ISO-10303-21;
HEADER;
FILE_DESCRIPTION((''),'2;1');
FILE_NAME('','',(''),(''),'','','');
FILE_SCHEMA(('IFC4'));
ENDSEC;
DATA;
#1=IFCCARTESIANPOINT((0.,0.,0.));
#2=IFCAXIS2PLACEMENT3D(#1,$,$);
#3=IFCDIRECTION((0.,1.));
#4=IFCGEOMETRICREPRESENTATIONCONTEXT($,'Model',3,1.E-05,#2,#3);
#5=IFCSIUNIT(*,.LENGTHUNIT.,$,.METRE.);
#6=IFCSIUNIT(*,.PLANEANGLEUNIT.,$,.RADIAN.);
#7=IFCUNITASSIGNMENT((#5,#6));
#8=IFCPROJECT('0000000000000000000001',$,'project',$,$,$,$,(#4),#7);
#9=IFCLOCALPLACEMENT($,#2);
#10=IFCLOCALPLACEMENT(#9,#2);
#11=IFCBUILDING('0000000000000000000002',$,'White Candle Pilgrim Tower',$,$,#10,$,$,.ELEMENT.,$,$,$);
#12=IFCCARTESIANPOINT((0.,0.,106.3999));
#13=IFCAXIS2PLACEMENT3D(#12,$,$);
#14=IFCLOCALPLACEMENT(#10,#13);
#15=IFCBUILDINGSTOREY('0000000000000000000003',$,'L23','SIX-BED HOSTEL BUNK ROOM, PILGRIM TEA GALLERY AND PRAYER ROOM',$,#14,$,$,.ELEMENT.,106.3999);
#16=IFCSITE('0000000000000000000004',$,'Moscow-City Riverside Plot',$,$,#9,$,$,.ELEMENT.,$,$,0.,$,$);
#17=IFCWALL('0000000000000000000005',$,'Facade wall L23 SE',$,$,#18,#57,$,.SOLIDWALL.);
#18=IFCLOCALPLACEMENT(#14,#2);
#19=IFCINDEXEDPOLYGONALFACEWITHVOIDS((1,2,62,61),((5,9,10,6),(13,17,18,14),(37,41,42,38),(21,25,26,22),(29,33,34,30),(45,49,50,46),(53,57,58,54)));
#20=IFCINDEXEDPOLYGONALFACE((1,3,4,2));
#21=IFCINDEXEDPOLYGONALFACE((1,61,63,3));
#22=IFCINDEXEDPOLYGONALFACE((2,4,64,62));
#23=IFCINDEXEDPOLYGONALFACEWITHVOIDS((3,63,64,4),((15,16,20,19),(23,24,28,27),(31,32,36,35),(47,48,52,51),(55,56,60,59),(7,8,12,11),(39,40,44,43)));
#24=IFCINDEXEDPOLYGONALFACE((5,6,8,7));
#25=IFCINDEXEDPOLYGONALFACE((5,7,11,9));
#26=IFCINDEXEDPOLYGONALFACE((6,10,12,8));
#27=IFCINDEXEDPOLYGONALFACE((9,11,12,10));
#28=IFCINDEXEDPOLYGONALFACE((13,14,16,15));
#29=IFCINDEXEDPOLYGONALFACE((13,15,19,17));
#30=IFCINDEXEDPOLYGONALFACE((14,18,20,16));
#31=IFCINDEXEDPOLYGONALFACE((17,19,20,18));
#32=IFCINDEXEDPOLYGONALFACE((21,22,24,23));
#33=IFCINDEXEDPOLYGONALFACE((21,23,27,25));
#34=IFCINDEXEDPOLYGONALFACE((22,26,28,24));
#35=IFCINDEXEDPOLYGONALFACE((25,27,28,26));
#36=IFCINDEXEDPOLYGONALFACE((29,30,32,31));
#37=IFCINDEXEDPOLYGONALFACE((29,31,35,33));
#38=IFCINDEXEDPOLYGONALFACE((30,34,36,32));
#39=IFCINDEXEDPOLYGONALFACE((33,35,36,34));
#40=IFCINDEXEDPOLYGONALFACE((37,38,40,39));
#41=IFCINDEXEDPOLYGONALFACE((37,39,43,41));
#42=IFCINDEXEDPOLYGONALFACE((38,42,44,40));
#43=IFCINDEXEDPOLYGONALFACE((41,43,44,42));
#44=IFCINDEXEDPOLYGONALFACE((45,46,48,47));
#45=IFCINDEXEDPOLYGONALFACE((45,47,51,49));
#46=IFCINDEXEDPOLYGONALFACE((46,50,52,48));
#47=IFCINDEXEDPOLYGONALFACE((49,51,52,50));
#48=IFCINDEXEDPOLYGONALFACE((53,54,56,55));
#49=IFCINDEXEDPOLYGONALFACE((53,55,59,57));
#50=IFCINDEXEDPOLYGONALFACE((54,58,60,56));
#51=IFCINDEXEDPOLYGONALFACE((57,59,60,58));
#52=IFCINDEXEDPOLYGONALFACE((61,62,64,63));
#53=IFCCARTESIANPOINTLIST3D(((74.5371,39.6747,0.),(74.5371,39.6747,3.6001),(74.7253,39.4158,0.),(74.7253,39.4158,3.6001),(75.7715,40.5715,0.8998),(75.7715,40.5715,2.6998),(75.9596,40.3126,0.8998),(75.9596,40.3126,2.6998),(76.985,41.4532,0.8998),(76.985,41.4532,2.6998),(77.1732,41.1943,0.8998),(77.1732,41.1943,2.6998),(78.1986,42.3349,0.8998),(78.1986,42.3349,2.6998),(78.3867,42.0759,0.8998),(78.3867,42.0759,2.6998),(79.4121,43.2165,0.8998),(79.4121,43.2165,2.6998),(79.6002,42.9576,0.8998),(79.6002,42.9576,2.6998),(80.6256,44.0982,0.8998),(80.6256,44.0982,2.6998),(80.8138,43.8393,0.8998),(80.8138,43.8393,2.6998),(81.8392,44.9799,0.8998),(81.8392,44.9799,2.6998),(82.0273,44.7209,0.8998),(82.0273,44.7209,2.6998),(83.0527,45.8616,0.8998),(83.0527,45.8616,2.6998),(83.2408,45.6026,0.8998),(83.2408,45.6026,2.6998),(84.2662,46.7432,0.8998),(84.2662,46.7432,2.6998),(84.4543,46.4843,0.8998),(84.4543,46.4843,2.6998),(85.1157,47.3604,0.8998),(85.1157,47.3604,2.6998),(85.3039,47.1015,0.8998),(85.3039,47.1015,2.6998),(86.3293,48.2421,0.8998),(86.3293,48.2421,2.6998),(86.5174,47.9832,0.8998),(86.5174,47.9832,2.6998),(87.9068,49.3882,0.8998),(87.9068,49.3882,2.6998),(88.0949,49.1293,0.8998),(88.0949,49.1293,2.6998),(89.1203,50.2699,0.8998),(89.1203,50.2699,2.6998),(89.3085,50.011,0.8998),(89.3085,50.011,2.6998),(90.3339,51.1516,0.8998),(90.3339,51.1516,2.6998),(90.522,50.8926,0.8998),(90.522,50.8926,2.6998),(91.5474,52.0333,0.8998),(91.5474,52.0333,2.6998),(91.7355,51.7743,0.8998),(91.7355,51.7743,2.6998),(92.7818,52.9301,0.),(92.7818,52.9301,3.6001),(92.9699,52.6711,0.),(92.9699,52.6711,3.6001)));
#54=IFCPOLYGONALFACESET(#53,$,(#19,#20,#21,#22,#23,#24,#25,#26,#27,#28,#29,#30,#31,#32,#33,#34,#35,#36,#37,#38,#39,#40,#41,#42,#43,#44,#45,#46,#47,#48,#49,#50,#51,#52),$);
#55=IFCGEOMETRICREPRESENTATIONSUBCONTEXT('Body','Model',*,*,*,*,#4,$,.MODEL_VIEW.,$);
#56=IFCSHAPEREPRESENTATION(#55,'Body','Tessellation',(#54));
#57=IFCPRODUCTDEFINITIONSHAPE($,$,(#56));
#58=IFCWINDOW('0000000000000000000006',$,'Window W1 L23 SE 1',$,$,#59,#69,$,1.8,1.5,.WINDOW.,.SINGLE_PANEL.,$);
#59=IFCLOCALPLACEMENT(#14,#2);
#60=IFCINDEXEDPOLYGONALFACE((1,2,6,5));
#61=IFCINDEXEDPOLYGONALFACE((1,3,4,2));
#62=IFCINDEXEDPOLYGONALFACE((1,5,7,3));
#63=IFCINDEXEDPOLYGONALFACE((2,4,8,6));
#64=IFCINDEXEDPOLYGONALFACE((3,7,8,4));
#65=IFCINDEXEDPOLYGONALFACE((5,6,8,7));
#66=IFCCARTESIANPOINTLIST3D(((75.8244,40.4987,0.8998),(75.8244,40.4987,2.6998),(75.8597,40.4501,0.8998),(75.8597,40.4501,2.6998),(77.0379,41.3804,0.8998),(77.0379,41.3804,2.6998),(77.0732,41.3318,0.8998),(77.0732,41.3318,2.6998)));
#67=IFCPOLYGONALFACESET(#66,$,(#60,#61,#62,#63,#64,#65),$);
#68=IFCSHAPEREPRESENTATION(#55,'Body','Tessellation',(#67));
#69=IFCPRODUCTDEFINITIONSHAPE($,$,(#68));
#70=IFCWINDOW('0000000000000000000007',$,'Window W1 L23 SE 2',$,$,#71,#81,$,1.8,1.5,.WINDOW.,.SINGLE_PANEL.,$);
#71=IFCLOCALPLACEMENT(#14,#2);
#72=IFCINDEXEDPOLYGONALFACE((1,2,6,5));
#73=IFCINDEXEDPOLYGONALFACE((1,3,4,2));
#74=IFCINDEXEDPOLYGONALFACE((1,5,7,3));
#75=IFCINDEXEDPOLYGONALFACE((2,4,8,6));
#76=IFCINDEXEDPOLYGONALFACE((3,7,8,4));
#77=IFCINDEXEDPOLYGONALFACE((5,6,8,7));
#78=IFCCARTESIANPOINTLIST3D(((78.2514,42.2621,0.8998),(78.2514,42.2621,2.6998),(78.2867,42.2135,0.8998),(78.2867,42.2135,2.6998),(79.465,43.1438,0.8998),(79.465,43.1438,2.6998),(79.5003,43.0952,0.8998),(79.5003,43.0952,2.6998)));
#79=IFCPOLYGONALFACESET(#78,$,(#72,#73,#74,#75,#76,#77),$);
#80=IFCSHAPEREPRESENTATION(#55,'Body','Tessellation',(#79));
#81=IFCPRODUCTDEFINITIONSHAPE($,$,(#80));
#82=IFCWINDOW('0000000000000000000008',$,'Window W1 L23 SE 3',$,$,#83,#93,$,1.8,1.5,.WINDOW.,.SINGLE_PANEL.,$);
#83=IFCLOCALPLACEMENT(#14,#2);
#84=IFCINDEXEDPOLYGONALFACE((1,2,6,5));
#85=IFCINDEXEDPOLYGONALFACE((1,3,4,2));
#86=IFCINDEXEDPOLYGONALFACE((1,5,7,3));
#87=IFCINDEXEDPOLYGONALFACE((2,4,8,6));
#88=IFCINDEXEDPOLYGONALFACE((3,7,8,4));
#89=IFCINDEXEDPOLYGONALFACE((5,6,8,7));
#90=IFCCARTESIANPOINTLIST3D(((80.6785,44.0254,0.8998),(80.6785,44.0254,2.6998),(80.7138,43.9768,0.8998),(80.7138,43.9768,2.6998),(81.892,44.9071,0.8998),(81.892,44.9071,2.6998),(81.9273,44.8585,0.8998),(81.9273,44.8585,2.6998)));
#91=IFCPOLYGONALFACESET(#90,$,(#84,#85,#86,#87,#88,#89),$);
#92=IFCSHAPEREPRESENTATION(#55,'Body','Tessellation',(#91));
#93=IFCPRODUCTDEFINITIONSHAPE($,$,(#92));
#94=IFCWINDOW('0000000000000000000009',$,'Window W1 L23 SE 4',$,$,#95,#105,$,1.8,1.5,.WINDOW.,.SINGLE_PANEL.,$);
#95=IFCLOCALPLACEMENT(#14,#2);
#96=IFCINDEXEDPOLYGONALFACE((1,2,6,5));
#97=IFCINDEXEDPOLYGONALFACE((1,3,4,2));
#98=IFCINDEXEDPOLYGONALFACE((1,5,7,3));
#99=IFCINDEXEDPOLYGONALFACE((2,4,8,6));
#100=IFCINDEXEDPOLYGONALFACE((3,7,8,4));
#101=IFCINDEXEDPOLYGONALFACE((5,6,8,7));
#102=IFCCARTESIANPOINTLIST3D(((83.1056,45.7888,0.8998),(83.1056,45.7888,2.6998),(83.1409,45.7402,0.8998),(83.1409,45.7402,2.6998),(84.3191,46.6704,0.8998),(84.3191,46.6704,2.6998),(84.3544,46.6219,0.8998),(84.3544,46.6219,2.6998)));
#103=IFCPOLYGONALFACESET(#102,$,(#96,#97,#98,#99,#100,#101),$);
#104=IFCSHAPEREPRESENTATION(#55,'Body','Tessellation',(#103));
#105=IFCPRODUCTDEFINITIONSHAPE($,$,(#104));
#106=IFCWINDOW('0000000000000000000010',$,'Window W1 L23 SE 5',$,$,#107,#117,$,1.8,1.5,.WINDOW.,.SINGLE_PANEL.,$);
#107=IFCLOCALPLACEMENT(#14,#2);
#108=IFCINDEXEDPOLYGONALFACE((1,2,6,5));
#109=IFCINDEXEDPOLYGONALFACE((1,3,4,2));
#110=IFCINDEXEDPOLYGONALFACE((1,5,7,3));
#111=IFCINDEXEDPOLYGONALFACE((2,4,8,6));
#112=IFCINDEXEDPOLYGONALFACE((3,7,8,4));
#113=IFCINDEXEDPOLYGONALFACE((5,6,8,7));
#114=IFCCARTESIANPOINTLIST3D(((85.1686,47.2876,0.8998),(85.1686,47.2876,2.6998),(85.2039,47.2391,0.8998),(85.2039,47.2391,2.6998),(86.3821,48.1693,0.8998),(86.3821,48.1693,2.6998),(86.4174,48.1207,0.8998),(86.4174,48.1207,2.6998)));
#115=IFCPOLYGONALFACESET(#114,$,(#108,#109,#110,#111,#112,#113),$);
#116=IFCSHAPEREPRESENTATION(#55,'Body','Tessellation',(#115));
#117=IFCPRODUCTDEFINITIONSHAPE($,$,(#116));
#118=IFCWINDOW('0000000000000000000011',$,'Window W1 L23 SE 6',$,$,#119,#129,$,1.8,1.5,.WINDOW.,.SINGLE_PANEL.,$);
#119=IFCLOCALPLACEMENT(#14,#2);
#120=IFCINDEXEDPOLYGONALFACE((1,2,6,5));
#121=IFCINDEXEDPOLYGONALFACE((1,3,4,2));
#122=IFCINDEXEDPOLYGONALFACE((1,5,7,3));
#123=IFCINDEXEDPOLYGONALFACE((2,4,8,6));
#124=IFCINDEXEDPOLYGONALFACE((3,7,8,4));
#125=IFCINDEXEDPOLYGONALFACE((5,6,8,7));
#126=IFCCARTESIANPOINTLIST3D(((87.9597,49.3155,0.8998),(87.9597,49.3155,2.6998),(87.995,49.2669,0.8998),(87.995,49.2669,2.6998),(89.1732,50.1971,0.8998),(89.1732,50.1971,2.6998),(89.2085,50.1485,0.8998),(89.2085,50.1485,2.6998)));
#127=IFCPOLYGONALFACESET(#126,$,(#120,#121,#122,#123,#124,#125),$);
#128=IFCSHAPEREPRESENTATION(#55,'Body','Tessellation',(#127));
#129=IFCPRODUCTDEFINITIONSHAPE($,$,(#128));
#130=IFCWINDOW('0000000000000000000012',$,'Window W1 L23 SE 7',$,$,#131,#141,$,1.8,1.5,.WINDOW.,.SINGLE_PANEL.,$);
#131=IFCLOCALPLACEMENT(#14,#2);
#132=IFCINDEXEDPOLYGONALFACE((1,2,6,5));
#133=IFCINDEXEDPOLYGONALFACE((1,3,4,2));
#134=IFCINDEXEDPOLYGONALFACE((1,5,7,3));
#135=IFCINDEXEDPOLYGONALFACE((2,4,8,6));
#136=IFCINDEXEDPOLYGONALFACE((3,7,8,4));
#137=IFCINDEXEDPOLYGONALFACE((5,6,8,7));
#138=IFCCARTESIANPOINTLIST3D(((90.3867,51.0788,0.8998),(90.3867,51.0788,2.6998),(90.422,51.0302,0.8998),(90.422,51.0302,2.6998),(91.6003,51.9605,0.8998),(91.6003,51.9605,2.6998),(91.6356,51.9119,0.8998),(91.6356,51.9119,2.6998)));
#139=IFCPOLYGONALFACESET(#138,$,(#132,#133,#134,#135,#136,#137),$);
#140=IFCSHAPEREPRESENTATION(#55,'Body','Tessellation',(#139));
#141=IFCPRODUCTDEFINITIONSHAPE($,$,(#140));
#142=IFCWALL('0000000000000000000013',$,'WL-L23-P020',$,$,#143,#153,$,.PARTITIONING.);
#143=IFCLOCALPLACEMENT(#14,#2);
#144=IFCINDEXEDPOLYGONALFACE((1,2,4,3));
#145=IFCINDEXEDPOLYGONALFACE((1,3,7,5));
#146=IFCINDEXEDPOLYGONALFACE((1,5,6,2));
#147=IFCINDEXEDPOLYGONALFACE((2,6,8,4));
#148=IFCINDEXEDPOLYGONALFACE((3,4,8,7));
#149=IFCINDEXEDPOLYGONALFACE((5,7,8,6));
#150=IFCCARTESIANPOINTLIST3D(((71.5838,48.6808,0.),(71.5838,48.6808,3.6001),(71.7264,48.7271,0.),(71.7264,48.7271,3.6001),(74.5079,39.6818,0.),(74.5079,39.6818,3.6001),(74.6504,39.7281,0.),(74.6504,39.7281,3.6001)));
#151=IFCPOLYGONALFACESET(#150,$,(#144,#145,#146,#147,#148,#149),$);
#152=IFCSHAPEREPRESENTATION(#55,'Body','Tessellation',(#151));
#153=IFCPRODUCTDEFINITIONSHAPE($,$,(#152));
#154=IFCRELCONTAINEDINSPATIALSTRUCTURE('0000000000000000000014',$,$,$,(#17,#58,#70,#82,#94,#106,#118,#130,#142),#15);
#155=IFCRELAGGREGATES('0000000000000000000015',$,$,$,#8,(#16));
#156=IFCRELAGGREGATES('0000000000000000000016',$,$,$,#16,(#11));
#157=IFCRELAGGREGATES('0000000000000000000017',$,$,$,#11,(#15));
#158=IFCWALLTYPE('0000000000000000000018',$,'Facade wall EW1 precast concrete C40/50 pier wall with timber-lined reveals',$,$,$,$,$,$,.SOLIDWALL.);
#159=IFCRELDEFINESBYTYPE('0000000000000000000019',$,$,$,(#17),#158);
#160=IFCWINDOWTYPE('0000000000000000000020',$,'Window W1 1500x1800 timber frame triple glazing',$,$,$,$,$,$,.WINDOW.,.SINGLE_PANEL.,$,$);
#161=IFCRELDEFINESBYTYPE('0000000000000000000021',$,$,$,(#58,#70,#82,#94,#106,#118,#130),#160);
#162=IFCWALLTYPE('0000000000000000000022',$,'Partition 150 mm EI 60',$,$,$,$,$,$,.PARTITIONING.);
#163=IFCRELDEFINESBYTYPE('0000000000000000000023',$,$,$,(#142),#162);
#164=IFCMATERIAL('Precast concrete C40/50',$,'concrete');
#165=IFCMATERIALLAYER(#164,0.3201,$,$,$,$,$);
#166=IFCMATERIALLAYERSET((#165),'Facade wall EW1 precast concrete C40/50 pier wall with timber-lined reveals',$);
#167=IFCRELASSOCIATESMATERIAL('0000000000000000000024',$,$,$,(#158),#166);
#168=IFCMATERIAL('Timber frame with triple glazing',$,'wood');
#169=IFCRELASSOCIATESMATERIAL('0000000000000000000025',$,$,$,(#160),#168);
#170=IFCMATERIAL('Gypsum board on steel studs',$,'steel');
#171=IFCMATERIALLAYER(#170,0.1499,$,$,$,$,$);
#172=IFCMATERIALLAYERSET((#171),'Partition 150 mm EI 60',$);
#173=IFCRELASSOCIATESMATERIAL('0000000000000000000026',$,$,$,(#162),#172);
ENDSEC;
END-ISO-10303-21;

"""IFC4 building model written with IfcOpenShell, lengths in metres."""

from ifc_helpers import new_model, si_unit, direction, frame, frame_2d, origin, place, context, subcontext, project, spatial, rectangle, extrude, material, layer, layer_set, type_object, element, fill, save


model = new_model("IFC4")

# Units and contexts
model_context = context("Model", 3, precision=1e-05, world=origin(), true_north=direction((0.0, 1.0)))
body_context = subcontext(model_context, "Body", "Model", "MODEL_VIEW")
ifc_project = project(units=[si_unit("LENGTHUNIT", "METRE"), si_unit("PLANEANGLEUNIT", "RADIAN")], contexts=[model_context])

# Site, building, storey
site_placement = place(None, origin())
site = spatial("IfcSite", under=ifc_project, at=site_placement, Name="Moscow-City Riverside Plot", CompositionType="ELEMENT", RefElevation=0.0)
building_placement = place(site_placement, origin())
building = spatial("IfcBuilding", under=site, at=building_placement, Name="White Candle Pilgrim Tower", CompositionType="ELEMENT")
storey_placement = place(building_placement, frame((0.0, 0.0, 106.3999)))
storey = spatial("IfcBuildingStorey", under=building, at=storey_placement, Name="L23", Description="SIX-BED HOSTEL BUNK ROOM, PILGRIM TEA GALLERY AND PRAYER ROOM", CompositionType="ELEMENT", Elevation=106.3999)

# Shared definitions
ifc_material_1 = material(Name="Gypsum board on steel studs", Category="steel")

# Wall, openings, windows
ifc_material_2 = material(Name="Precast concrete C40/50", Category="concrete")
ifc_layer_1 = layer(ifc_material_2, 0.3201)
ifc_layer_set_1 = layer_set([ifc_layer_1], Name="Facade wall EW1 precast concrete C40/50 pier wall with timber-lined reveals")
wall_type_1 = type_object("IfcWallType", Name="Facade wall EW1 precast concrete C40/50 pier wall with timber-lined reveals", PredefinedType="SOLIDWALL", material=ifc_layer_set_1)
wall_1_placement = place(storey_placement, frame((74.6311, 39.5452, 0.0), z_axis=(0.0, 0.0, 1.0), x_axis=(0.80902, 0.587782, 0.0)))
wall_1 = element("IfcWall", 1, at=wall_1_placement, inside=storey, type_object=wall_type_1, Name="Facade wall L23 SE", PredefinedType="SOLIDWALL", context=body_context, shape_type="SweptSolid", body=[
    extrude(rectangle(XDim=22.5515, YDim=0.3201, at=frame_2d((11.2759, 0.0))), origin(), (0.0, 0.0, 1.0), 3.6001),
])
opening_1_placement = place(wall_1_placement, frame((1.5259, 0.0, 0.8999)))
opening_1 = element("IfcOpeningElement", 2, at=opening_1_placement, cuts=wall_1, PredefinedType="OPENING", context=body_context, shape_type="SweptSolid", body=[
    extrude(rectangle(XDim=1.5, YDim=1.8, at=frame_2d((0.75, 0.8999))), frame((0.0, 0.1699, 0.0), z_axis=(0.0, -1.0, 0.0), x_axis=(1.0, 0.0, 0.0)), (0.0, 0.0, 1.0), 0.3401),
])
opening_2_placement = place(wall_1_placement, frame((4.5259, 0.0, 0.8999)))
opening_2 = element("IfcOpeningElement", 3, at=opening_2_placement, cuts=wall_1, PredefinedType="OPENING", context=body_context, shape_type="SweptSolid", body=[
    extrude(rectangle(XDim=1.5, YDim=1.8, at=frame_2d((0.75, 0.8999))), frame((0.0, 0.1699, 0.0), z_axis=(0.0, -1.0, 0.0), x_axis=(1.0, 0.0, 0.0)), (0.0, 0.0, 1.0), 0.3401),
])
opening_3_placement = place(wall_1_placement, frame((7.5259, 0.0, 0.8999)))
opening_3 = element("IfcOpeningElement", 4, at=opening_3_placement, cuts=wall_1, PredefinedType="OPENING", context=body_context, shape_type="SweptSolid", body=[
    extrude(rectangle(XDim=1.5, YDim=1.8, at=frame_2d((0.75, 0.8999))), frame((0.0, 0.1699, 0.0), z_axis=(0.0, -1.0, 0.0), x_axis=(1.0, 0.0, 0.0)), (0.0, 0.0, 1.0), 0.3401),
])
opening_4_placement = place(wall_1_placement, frame((10.5259, 0.0, 0.8999)))
opening_4 = element("IfcOpeningElement", 5, at=opening_4_placement, cuts=wall_1, PredefinedType="OPENING", context=body_context, shape_type="SweptSolid", body=[
    extrude(rectangle(XDim=1.5, YDim=1.8, at=frame_2d((0.75, 0.8999))), frame((0.0, 0.1699, 0.0), z_axis=(0.0, -1.0, 0.0), x_axis=(1.0, 0.0, 0.0)), (0.0, 0.0, 1.0), 0.3401),
])
opening_5_placement = place(wall_1_placement, frame((13.0759, 0.0, 0.8999)))
opening_5 = element("IfcOpeningElement", 6, at=opening_5_placement, cuts=wall_1, PredefinedType="OPENING", context=body_context, shape_type="SweptSolid", body=[
    extrude(rectangle(XDim=1.5, YDim=1.8, at=frame_2d((0.75, 0.8999))), frame((0.0, 0.1699, 0.0), z_axis=(0.0, -1.0, 0.0), x_axis=(1.0, 0.0, 0.0)), (0.0, 0.0, 1.0), 0.3401),
])
opening_6_placement = place(wall_1_placement, frame((16.5259, 0.0, 0.8999)))
opening_6 = element("IfcOpeningElement", 7, at=opening_6_placement, cuts=wall_1, PredefinedType="OPENING", context=body_context, shape_type="SweptSolid", body=[
    extrude(rectangle(XDim=1.5, YDim=1.8, at=frame_2d((0.75, 0.8999))), frame((0.0, 0.1699, 0.0), z_axis=(0.0, -1.0, 0.0), x_axis=(1.0, 0.0, 0.0)), (0.0, 0.0, 1.0), 0.3401),
])
opening_7_placement = place(wall_1_placement, frame((19.5259, 0.0, 0.8999)))
opening_7 = element("IfcOpeningElement", 8, at=opening_7_placement, cuts=wall_1, PredefinedType="OPENING", context=body_context, shape_type="SweptSolid", body=[
    extrude(rectangle(XDim=1.5, YDim=1.8, at=frame_2d((0.75, 0.8999))), frame((0.0, 0.1699, 0.0), z_axis=(0.0, -1.0, 0.0), x_axis=(1.0, 0.0, 0.0)), (0.0, 0.0, 1.0), 0.3401),
])
ifc_material_3 = material(Name="Timber frame with triple glazing", Category="wood")
window_type = type_object("IfcWindowType", Name="Window W1 1500x1800 timber frame triple glazing", PartitioningType="SINGLE_PANEL", PredefinedType="WINDOW", material=ifc_material_3)
window_1_placement = place(opening_1_placement, origin())
window_1 = element("IfcWindow", 9, at=window_1_placement, inside=storey, type_object=window_type, Name="Window W1 L23 SE 1", OverallHeight=1.8, OverallWidth=1.5, PartitioningType="SINGLE_PANEL", PredefinedType="WINDOW", context=body_context, shape_type="SweptSolid", body=[
    extrude(rectangle(XDim=1.5, YDim=1.8, at=frame_2d((0.75, 0.8999))), frame((0.0, 0.0701, 0.0), z_axis=(0.0, -1.0, 0.0), x_axis=(1.0, 0.0, 0.0)), (0.0, 0.0, 1.0), 0.0601),
])
fill(opening_1, window_1)
window_2_placement = place(opening_2_placement, origin())
window_2 = element("IfcWindow", 10, at=window_2_placement, inside=storey, type_object=window_type, Name="Window W1 L23 SE 2", OverallHeight=1.8, OverallWidth=1.5, PartitioningType="SINGLE_PANEL", PredefinedType="WINDOW", context=body_context, shape_type="SweptSolid", body=[
    extrude(rectangle(XDim=1.5, YDim=1.8, at=frame_2d((0.75, 0.8999))), frame((0.0, 0.0701, 0.0), z_axis=(0.0, -1.0, 0.0), x_axis=(1.0, 0.0, 0.0)), (0.0, 0.0, 1.0), 0.0601),
])
fill(opening_2, window_2)
window_3_placement = place(opening_3_placement, origin())
window_3 = element("IfcWindow", 11, at=window_3_placement, inside=storey, type_object=window_type, Name="Window W1 L23 SE 3", OverallHeight=1.8, OverallWidth=1.5, PartitioningType="SINGLE_PANEL", PredefinedType="WINDOW", context=body_context, shape_type="SweptSolid", body=[
    extrude(rectangle(XDim=1.5, YDim=1.8, at=frame_2d((0.75, 0.8999))), frame((0.0, 0.0701, 0.0), z_axis=(0.0, -1.0, 0.0), x_axis=(1.0, 0.0, 0.0)), (0.0, 0.0, 1.0), 0.0601),
])
fill(opening_3, window_3)
window_4_placement = place(opening_4_placement, origin())
window_4 = element("IfcWindow", 12, at=window_4_placement, inside=storey, type_object=window_type, Name="Window W1 L23 SE 4", OverallHeight=1.8, OverallWidth=1.5, PartitioningType="SINGLE_PANEL", PredefinedType="WINDOW", context=body_context, shape_type="SweptSolid", body=[
    extrude(rectangle(XDim=1.5, YDim=1.8, at=frame_2d((0.75, 0.8999))), frame((0.0, 0.0701, 0.0), z_axis=(0.0, -1.0, 0.0), x_axis=(1.0, 0.0, 0.0)), (0.0, 0.0, 1.0), 0.0601),
])
fill(opening_4, window_4)
window_5_placement = place(opening_5_placement, origin())
window_5 = element("IfcWindow", 13, at=window_5_placement, inside=storey, type_object=window_type, Name="Window W1 L23 SE 5", OverallHeight=1.8, OverallWidth=1.5, PartitioningType="SINGLE_PANEL", PredefinedType="WINDOW", context=body_context, shape_type="SweptSolid", body=[
    extrude(rectangle(XDim=1.5, YDim=1.8, at=frame_2d((0.75, 0.8999))), frame((0.0, 0.0701, 0.0), z_axis=(0.0, -1.0, 0.0), x_axis=(1.0, 0.0, 0.0)), (0.0, 0.0, 1.0), 0.0601),
])
fill(opening_5, window_5)
window_6_placement = place(opening_6_placement, origin())
window_6 = element("IfcWindow", 14, at=window_6_placement, inside=storey, type_object=window_type, Name="Window W1 L23 SE 6", OverallHeight=1.8, OverallWidth=1.5, PartitioningType="SINGLE_PANEL", PredefinedType="WINDOW", context=body_context, shape_type="SweptSolid", body=[
    extrude(rectangle(XDim=1.5, YDim=1.8, at=frame_2d((0.75, 0.8999))), frame((0.0, 0.0701, 0.0), z_axis=(0.0, -1.0, 0.0), x_axis=(1.0, 0.0, 0.0)), (0.0, 0.0, 1.0), 0.0601),
])
fill(opening_6, window_6)
window_7_placement = place(opening_7_placement, origin())
window_7 = element("IfcWindow", 15, at=window_7_placement, inside=storey, type_object=window_type, Name="Window W1 L23 SE 7", OverallHeight=1.8, OverallWidth=1.5, PartitioningType="SINGLE_PANEL", PredefinedType="WINDOW", context=body_context, shape_type="SweptSolid", body=[
    extrude(rectangle(XDim=1.5, YDim=1.8, at=frame_2d((0.75, 0.8999))), frame((0.0, 0.0701, 0.0), z_axis=(0.0, -1.0, 0.0), x_axis=(1.0, 0.0, 0.0)), (0.0, 0.0, 1.0), 0.0601),
])
fill(opening_7, window_7)

# Wall
ifc_layer_2 = layer(ifc_material_1, 0.1499)
ifc_layer_set_2 = layer_set([ifc_layer_2], Name="Partition 150 mm EI 60")
wall_type_2 = type_object("IfcWallType", Name="Partition 150 mm EI 60", PredefinedType="PARTITIONING", material=ifc_layer_set_2)
wall_2_placement = place(storey_placement, frame((74.5791, 39.7051, 0.0), z_axis=(0.0, 0.0, 1.0), x_axis=(-0.309028, 0.951053, 0.0)))
element("IfcWall", 16, at=wall_2_placement, inside=storey, type_object=wall_type_2, Name="WL-L23-P020", PredefinedType="PARTITIONING", context=body_context, shape_type="SweptSolid", body=[
    extrude(rectangle(XDim=9.4622, YDim=0.1499, at=frame_2d((4.731, 0.0))), origin(), (0.0, 0.0, 1.0), 3.6001),
])

save(model, "model.ifc")
